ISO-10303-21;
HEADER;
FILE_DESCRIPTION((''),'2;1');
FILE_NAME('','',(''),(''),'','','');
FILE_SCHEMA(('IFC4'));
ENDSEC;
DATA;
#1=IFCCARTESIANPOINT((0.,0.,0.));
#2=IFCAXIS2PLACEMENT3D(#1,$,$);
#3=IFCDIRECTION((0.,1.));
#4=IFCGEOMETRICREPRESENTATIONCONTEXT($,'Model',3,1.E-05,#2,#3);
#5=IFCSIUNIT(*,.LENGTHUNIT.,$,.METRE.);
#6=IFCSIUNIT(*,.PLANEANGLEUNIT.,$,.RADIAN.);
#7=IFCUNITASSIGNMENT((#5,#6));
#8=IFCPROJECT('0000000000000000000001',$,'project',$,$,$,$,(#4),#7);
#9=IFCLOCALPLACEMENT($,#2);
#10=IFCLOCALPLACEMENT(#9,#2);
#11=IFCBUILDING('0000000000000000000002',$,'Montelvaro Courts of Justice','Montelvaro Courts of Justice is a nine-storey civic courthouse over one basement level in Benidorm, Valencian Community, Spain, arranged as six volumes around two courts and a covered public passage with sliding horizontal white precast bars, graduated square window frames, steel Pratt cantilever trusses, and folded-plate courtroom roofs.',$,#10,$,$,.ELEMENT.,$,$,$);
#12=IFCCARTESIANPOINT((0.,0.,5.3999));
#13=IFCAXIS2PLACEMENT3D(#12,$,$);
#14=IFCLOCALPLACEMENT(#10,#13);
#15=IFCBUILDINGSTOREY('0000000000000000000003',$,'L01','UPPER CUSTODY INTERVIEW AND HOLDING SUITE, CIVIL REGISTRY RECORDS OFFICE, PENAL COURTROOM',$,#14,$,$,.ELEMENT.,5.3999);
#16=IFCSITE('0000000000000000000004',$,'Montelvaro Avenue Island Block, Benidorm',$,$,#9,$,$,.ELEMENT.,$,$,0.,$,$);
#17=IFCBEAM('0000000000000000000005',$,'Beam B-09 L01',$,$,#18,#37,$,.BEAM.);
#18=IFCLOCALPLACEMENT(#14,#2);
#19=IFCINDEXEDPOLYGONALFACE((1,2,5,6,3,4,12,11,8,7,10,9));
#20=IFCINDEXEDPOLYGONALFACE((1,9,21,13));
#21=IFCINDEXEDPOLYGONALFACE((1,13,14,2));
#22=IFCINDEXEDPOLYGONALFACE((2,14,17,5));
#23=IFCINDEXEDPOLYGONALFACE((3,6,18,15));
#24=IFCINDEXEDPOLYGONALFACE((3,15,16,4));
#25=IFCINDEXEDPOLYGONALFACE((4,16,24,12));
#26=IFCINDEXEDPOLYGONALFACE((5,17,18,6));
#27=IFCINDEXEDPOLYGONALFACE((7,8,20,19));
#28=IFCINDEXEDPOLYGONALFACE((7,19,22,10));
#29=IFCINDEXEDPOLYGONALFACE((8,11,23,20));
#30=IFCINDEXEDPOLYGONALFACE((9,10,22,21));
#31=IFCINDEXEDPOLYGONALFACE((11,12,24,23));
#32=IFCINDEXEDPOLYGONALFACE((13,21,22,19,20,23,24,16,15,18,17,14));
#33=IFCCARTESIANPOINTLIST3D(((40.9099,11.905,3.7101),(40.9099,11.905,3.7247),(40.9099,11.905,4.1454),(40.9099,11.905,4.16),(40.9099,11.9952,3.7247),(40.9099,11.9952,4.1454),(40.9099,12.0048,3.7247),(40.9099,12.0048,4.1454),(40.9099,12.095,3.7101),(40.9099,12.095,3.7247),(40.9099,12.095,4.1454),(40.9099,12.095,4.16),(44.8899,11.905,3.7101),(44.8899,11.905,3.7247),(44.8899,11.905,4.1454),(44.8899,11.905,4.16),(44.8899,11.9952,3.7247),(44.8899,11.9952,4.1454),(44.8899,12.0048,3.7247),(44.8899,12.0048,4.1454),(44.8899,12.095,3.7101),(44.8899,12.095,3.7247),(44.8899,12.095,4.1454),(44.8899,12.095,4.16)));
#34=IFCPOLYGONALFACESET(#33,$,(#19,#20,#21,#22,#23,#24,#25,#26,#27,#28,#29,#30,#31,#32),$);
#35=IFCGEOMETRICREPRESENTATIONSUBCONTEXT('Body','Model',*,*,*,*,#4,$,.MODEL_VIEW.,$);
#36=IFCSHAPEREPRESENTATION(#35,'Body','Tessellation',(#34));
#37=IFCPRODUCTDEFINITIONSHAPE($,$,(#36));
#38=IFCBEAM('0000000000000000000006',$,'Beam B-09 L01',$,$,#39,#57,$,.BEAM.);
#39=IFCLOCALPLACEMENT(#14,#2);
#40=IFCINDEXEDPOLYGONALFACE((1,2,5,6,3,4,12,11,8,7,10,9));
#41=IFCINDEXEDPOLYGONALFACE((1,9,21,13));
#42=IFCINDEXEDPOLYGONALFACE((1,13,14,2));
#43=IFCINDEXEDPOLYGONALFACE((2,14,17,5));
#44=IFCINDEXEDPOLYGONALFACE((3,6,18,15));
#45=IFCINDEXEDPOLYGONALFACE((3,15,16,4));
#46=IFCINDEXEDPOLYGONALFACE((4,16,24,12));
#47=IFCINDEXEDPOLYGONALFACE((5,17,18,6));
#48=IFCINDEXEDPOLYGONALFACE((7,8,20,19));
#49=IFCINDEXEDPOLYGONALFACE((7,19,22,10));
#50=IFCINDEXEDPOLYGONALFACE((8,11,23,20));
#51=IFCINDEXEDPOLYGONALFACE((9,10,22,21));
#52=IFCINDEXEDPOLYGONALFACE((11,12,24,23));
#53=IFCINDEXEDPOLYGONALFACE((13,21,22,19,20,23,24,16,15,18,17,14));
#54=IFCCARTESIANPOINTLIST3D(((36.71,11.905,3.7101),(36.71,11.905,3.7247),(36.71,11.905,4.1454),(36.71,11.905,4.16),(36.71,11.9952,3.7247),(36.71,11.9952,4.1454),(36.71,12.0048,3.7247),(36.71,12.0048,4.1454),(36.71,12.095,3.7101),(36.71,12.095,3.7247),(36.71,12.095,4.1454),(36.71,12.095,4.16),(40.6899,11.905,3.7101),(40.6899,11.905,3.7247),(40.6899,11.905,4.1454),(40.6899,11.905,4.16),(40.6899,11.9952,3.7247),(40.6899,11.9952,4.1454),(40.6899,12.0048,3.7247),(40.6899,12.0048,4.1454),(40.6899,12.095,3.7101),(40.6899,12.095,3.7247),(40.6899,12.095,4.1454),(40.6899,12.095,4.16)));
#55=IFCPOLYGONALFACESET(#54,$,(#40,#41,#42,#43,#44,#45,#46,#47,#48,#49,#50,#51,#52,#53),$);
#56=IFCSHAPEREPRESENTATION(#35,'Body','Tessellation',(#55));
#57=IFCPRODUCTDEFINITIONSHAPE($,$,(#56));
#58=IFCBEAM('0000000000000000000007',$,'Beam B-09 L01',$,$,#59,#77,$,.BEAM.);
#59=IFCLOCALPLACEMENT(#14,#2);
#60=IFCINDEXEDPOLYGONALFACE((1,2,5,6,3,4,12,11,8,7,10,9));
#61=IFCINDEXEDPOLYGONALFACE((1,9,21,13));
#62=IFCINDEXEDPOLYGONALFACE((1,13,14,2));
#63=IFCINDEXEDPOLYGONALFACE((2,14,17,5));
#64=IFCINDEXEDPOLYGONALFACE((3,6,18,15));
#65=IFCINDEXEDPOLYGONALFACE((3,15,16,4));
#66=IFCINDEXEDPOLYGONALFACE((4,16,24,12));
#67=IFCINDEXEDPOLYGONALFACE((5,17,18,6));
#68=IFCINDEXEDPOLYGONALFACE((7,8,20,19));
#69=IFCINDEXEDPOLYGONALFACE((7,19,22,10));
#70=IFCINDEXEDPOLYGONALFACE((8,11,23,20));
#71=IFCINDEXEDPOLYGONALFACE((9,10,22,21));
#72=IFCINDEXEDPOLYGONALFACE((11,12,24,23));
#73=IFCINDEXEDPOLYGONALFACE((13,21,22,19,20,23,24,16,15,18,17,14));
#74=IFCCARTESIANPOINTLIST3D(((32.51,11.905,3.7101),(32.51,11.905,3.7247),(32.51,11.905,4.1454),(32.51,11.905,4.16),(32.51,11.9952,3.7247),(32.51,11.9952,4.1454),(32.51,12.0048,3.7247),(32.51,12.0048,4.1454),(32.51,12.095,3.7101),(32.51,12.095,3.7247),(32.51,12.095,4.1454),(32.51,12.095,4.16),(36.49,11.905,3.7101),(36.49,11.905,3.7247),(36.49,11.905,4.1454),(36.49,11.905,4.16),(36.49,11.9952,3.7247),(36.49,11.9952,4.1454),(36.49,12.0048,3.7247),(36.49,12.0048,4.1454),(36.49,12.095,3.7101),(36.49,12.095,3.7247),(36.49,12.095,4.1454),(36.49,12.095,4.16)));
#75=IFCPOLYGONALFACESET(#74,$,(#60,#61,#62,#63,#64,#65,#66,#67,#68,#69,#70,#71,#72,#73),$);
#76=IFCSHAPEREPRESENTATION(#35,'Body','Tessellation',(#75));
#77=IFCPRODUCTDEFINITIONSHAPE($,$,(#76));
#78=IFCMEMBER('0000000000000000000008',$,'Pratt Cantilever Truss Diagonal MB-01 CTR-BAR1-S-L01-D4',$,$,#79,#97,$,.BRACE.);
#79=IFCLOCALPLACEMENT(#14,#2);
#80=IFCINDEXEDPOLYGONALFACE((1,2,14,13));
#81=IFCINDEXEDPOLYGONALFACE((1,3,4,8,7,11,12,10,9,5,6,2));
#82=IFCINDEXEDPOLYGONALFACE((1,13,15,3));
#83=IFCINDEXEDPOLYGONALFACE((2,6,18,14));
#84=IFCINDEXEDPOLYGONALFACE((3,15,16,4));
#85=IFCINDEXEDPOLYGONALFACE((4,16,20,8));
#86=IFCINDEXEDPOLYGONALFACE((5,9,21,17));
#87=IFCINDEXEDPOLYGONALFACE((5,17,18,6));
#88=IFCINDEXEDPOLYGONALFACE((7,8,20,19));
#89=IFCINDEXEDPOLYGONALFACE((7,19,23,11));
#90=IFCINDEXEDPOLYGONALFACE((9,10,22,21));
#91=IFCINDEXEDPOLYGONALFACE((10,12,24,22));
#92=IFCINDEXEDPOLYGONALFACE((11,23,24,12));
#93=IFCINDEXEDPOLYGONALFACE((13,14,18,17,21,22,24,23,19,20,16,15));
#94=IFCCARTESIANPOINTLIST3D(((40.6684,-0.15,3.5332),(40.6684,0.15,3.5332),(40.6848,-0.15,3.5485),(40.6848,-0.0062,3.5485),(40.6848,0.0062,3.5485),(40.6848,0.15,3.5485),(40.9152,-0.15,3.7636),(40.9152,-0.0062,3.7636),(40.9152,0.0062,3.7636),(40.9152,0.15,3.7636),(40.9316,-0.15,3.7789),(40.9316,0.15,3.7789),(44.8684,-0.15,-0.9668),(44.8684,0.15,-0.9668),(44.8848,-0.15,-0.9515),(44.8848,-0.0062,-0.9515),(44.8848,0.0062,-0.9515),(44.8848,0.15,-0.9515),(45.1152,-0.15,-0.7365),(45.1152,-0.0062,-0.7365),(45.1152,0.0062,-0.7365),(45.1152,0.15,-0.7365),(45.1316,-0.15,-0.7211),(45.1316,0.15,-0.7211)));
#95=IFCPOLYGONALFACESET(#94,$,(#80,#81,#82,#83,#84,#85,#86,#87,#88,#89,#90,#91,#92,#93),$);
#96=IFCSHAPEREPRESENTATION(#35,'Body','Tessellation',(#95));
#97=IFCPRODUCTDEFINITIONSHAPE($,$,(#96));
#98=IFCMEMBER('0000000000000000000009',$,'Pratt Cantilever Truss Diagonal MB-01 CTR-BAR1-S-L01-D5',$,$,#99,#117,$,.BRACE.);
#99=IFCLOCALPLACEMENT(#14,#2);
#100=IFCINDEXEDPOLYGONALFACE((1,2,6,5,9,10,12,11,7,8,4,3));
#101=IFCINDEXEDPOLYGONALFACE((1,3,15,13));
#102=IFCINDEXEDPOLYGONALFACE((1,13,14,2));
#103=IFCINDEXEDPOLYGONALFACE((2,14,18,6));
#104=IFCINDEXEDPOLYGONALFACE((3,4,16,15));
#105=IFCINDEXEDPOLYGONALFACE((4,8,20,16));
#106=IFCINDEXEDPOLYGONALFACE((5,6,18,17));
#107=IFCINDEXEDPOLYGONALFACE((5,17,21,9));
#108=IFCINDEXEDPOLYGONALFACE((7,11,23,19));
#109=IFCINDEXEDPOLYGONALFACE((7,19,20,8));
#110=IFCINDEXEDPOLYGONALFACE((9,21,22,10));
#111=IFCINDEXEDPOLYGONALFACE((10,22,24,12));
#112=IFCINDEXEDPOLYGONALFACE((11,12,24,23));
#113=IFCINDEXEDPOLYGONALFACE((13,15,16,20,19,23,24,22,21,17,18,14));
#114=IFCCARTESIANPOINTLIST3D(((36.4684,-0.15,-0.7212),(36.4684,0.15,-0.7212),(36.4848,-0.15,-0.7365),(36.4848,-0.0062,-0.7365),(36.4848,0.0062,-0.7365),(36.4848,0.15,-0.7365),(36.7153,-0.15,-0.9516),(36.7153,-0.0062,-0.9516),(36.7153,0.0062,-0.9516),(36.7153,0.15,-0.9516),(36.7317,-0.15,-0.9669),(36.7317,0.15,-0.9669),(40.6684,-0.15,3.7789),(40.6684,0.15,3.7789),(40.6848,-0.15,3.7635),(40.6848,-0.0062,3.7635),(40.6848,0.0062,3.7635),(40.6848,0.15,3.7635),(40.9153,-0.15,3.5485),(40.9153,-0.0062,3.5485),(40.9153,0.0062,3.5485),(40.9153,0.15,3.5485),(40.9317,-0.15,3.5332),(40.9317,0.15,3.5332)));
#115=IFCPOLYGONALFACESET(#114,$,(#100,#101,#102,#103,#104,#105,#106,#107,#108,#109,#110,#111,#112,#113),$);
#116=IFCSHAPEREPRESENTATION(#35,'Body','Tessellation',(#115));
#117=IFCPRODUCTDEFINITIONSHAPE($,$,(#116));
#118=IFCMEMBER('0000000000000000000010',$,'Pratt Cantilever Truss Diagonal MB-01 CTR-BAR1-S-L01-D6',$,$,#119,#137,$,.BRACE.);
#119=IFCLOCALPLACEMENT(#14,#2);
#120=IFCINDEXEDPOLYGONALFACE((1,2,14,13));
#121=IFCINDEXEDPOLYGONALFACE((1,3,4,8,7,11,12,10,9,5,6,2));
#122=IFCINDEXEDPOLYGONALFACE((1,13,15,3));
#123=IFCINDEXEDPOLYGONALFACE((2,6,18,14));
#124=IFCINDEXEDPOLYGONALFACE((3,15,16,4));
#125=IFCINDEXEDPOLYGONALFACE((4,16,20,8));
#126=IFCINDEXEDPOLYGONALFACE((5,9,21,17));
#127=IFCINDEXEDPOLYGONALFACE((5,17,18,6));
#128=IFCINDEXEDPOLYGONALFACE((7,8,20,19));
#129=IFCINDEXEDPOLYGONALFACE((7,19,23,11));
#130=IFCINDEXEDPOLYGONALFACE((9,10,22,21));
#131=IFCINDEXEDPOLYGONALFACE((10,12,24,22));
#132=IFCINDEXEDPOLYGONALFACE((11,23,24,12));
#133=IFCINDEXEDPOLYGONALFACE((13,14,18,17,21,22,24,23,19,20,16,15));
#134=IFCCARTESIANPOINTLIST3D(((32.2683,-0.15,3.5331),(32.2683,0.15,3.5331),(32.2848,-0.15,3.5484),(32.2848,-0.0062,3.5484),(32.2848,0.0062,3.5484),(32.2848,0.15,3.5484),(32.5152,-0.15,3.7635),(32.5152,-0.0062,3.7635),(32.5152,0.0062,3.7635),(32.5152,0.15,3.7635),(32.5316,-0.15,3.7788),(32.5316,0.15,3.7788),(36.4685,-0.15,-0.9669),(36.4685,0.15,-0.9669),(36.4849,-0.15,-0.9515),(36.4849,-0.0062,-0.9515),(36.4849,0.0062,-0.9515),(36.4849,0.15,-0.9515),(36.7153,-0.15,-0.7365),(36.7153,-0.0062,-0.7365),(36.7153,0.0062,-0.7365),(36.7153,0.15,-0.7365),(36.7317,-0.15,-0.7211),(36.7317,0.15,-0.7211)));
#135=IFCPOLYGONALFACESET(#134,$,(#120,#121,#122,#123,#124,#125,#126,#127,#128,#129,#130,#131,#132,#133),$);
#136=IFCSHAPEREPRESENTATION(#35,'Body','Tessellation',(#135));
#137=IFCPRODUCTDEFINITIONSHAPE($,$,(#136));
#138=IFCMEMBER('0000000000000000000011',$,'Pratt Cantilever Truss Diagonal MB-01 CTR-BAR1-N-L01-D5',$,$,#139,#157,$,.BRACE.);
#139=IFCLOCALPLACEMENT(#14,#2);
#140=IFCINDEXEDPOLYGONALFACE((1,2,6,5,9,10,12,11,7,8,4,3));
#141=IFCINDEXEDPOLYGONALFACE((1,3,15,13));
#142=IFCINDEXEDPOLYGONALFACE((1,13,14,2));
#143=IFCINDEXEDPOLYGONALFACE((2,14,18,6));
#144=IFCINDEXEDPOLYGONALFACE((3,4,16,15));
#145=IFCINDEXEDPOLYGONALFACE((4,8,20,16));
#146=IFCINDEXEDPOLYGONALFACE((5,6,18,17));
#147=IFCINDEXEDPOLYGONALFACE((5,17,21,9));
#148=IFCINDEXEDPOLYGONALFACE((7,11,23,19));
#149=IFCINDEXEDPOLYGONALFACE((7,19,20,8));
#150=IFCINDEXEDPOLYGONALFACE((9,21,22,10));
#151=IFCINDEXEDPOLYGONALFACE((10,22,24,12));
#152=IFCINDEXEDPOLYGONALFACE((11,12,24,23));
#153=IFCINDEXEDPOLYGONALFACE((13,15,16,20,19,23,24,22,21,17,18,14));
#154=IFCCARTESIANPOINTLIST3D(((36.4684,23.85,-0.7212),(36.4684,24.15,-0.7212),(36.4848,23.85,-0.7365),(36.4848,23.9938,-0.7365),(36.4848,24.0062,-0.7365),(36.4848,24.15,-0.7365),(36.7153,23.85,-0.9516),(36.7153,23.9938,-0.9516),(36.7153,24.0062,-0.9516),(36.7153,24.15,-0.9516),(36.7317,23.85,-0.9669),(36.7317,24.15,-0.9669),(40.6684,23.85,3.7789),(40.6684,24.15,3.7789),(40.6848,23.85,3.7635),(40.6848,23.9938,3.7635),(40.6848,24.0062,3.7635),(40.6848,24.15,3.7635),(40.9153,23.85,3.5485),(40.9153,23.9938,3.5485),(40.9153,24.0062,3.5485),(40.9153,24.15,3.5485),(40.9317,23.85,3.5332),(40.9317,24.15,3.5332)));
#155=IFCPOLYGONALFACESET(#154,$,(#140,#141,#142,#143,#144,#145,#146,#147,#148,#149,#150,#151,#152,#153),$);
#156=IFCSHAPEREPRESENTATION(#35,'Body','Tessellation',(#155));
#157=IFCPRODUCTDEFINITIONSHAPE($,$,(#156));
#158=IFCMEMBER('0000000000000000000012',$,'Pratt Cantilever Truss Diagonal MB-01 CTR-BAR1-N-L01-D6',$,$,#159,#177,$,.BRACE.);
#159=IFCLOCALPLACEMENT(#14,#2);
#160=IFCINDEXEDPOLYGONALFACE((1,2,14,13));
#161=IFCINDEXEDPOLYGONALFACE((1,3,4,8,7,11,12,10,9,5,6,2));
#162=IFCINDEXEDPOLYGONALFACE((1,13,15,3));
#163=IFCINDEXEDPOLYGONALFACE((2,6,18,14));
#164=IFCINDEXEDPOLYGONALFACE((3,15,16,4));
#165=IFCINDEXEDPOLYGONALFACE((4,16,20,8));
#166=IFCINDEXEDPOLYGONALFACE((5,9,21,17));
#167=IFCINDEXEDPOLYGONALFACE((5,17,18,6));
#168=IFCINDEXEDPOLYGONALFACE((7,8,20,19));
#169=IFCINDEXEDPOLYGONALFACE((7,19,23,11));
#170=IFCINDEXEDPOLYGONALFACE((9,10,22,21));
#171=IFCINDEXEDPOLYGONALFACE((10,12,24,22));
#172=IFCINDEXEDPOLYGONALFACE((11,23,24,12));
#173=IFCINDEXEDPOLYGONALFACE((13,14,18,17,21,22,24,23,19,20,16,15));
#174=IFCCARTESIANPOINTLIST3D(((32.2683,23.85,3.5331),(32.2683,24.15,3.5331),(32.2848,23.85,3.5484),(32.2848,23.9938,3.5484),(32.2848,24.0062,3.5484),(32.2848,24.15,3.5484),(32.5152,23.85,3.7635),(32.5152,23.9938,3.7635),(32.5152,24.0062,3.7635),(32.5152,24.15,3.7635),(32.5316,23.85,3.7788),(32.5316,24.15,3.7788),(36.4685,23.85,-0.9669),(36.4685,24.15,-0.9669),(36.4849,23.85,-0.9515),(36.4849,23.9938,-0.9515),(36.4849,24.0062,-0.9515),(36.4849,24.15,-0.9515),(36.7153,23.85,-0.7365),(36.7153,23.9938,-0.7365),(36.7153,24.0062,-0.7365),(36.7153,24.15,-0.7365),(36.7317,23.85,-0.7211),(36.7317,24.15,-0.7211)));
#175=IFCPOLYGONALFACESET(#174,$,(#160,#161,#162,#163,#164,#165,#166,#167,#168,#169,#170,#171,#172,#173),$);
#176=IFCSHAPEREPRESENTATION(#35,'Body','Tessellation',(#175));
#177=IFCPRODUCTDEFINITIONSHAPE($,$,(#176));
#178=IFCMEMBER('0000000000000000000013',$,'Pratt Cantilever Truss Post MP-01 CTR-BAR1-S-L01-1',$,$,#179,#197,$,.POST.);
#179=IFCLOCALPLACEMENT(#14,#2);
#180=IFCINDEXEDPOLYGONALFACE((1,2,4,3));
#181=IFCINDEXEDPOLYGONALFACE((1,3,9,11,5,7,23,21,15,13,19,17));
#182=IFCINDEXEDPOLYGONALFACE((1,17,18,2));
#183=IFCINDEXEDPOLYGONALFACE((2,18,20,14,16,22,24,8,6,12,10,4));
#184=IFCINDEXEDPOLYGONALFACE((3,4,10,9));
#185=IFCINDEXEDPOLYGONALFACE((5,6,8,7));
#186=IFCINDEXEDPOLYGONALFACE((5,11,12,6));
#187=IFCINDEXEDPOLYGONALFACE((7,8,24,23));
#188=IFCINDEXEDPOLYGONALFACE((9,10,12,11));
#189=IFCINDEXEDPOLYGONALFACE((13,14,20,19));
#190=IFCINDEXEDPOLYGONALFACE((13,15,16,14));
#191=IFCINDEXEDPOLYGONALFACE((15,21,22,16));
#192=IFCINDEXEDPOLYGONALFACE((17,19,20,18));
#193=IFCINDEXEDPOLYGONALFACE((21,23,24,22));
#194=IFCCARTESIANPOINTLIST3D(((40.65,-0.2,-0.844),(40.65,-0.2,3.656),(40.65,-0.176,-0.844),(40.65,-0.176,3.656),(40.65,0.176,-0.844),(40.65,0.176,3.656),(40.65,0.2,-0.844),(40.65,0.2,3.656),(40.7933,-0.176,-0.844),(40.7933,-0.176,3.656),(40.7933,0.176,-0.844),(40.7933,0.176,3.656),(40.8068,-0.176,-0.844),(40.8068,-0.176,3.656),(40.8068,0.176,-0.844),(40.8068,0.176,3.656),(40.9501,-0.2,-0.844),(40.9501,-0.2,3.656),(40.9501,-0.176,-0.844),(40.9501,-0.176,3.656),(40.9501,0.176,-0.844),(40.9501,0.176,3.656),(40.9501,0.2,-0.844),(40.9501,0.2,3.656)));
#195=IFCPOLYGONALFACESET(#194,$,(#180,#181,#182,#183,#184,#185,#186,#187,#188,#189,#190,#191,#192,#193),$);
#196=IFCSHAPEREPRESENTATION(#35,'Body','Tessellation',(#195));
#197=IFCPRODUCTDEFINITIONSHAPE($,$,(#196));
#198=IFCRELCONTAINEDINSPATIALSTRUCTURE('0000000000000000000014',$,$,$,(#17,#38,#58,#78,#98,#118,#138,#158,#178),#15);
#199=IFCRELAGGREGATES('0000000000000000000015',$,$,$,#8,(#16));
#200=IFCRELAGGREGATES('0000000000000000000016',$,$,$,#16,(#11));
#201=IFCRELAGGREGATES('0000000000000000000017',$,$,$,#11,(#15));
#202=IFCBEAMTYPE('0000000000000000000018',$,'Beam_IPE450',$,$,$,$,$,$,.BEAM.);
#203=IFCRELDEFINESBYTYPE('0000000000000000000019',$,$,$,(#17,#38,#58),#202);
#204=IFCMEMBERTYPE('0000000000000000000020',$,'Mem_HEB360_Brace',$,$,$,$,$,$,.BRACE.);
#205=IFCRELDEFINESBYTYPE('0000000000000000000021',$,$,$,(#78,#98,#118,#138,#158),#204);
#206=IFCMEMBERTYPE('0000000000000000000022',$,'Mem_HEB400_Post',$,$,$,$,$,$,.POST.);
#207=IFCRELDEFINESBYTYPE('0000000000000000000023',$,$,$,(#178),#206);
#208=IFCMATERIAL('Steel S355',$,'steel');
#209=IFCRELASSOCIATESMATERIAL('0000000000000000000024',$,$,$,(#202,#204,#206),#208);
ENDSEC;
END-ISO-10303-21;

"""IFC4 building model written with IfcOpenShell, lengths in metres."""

from ifc_helpers import new_model, si_unit, direction, frame, origin, origin_2d, place, context, subcontext, project, spatial, i_section, extrude, material, material_profile, profile_set, type_object, element, save


model = new_model("IFC4")

# Units and contexts
model_context = context("Model", 3, precision=1e-05, world=origin(), true_north=direction((0.0, 1.0)))
body_context = subcontext(model_context, "Body", "Model", "MODEL_VIEW")
ifc_project = project(units=[si_unit("LENGTHUNIT", "METRE"), si_unit("PLANEANGLEUNIT", "RADIAN")], contexts=[model_context])

# Site, building, storey
site_placement = place(None, origin())
site = spatial("IfcSite", under=ifc_project, at=site_placement, Name="Montelvaro Avenue Island Block, Benidorm", CompositionType="ELEMENT", RefElevation=0.0)
building_placement = place(site_placement, origin())
building = spatial("IfcBuilding", under=site, at=building_placement, Name="Montelvaro Courts of Justice", Description="Montelvaro Courts of Justice is a nine-storey civic courthouse over one basement level in Benidorm, Valencian Community, Spain, arranged as six volumes around two courts and a covered public passage with sliding horizontal white precast bars, graduated square window frames, steel Pratt cantilever trusses, and folded-plate courtroom roofs.", CompositionType="ELEMENT")
storey_placement = place(building_placement, frame((0.0, 0.0, 5.3999)))
storey = spatial("IfcBuildingStorey", under=building, at=storey_placement, Name="L01", Description="UPPER CUSTODY INTERVIEW AND HOLDING SUITE, CIVIL REGISTRY RECORDS OFFICE, PENAL COURTROOM", CompositionType="ELEMENT", Elevation=5.3999)

# Shared definitions
ifc_material_1 = material(Name="Steel S355", Category="steel")

# Beams
ifc_material_profile_1 = material_profile(ifc_material_1, i_section(OverallWidth=0.1899, OverallDepth=0.45, WebThickness=0.0095, FlangeThickness=0.0146, at=origin_2d()), Name="IPE 450")
ifc_profile_set_1 = profile_set([ifc_material_profile_1], Name="Steel S355")
beam_type_1 = type_object("IfcBeamType", Name="Beam_IPE450", PredefinedType="BEAM", material=ifc_profile_set_1)
for number, where, z_axis, x_axis, name in (
    (1, (40.9099, 12.0, 3.9351), (1.0, 0.0, 0.0), (0.0, 1.0, 0.0), "Beam B-09 L01"),
    (2, (36.71, 12.0, 3.9351), (1.0, 0.0, 0.0), (0.0, 1.0, 0.0), "Beam B-09 L01"),
    (3, (32.51, 12.0, 3.9351), (1.0, 0.0, 0.0), (0.0, 1.0, 0.0), "Beam B-09 L01"),
):
    element("IfcBeam", number, at=place(storey_placement, frame(where, z_axis=z_axis, x_axis=x_axis)), inside=storey, type_object=beam_type_1, Name=name, PredefinedType="BEAM", context=body_context, shape_type="SweptSolid", body=[
        extrude(i_section(OverallWidth=0.1899, OverallDepth=0.45, WebThickness=0.0095, FlangeThickness=0.0146, at=origin_2d()), origin(), (0.0, 0.0, 1.0), 3.98),
    ])

# Members
ifc_material_profile_2 = material_profile(ifc_material_1, i_section(OverallWidth=0.3, OverallDepth=0.3601, WebThickness=0.0125, FlangeThickness=0.0225, at=origin_2d()), Name="HEB 360")
ifc_profile_set_2 = profile_set([ifc_material_profile_2], Name="Steel S355")
member_type_1 = type_object("IfcMemberType", Name="Mem_HEB360_Brace", PredefinedType="BRACE", material=ifc_profile_set_2)
for number, where, z_axis, x_axis, name in (
    (4, (45.0, 0.0, -0.844), (-0.682314, 0.0, 0.731059), (0.0, -1.0, 0.0), "Pratt Cantilever Truss Diagonal MB-01 CTR-BAR1-S-L01-D4"),
    (5, (40.8, 0.0, 3.656), (-0.682314, 0.0, -0.731059), (0.0, -1.0, 0.0), "Pratt Cantilever Truss Diagonal MB-01 CTR-BAR1-S-L01-D5"),
    (6, (36.6001, 0.0, -0.844), (-0.682335, 0.0, 0.731039), (0.0, -1.0, 0.0), "Pratt Cantilever Truss Diagonal MB-01 CTR-BAR1-S-L01-D6"),
    (7, (40.8, 24.0, 3.656), (-0.682314, 0.0, -0.731059), (0.0, -1.0, 0.0), "Pratt Cantilever Truss Diagonal MB-01 CTR-BAR1-N-L01-D5"),
    (8, (36.6001, 24.0, -0.844), (-0.682335, 0.0, 0.731039), (0.0, -1.0, 0.0), "Pratt Cantilever Truss Diagonal MB-01 CTR-BAR1-N-L01-D6"),
):
    element("IfcMember", number, at=place(storey_placement, frame(where, z_axis=z_axis, x_axis=x_axis)), inside=storey, type_object=member_type_1, Name=name, PredefinedType="BRACE", context=body_context, shape_type="SweptSolid", body=[
        extrude(i_section(OverallWidth=0.3, OverallDepth=0.3601, WebThickness=0.0125, FlangeThickness=0.0225, at=origin_2d()), origin(), (0.0, 0.0, 1.0), 6.1555),
    ])
ifc_material_profile_3 = material_profile(ifc_material_1, i_section(OverallWidth=0.3, OverallDepth=0.3999, WebThickness=0.0134, FlangeThickness=0.0239, at=origin_2d()), Name="HEB 400")
ifc_profile_set_3 = profile_set([ifc_material_profile_3], Name="Steel S355")
member_type_2 = type_object("IfcMemberType", Name="Mem_HEB400_Post", PredefinedType="POST", material=ifc_profile_set_3)
for number, where, z_axis, x_axis, name in (
    (9, (40.8, 0.0, -0.844), (0.0, 0.0, 1.0), (1.0, 0.0, 0.0), "Pratt Cantilever Truss Post MP-01 CTR-BAR1-S-L01-1"),
):
    element("IfcMember", number, at=place(storey_placement, frame(where, z_axis=z_axis, x_axis=x_axis)), inside=storey, type_object=member_type_2, Name=name, PredefinedType="POST", context=body_context, shape_type="SweptSolid", body=[
        extrude(i_section(OverallWidth=0.3, OverallDepth=0.3999, WebThickness=0.0134, FlangeThickness=0.0239, at=origin_2d()), origin(), (0.0, 0.0, 1.0), 4.5),
    ])

save(model, "model.ifc")
